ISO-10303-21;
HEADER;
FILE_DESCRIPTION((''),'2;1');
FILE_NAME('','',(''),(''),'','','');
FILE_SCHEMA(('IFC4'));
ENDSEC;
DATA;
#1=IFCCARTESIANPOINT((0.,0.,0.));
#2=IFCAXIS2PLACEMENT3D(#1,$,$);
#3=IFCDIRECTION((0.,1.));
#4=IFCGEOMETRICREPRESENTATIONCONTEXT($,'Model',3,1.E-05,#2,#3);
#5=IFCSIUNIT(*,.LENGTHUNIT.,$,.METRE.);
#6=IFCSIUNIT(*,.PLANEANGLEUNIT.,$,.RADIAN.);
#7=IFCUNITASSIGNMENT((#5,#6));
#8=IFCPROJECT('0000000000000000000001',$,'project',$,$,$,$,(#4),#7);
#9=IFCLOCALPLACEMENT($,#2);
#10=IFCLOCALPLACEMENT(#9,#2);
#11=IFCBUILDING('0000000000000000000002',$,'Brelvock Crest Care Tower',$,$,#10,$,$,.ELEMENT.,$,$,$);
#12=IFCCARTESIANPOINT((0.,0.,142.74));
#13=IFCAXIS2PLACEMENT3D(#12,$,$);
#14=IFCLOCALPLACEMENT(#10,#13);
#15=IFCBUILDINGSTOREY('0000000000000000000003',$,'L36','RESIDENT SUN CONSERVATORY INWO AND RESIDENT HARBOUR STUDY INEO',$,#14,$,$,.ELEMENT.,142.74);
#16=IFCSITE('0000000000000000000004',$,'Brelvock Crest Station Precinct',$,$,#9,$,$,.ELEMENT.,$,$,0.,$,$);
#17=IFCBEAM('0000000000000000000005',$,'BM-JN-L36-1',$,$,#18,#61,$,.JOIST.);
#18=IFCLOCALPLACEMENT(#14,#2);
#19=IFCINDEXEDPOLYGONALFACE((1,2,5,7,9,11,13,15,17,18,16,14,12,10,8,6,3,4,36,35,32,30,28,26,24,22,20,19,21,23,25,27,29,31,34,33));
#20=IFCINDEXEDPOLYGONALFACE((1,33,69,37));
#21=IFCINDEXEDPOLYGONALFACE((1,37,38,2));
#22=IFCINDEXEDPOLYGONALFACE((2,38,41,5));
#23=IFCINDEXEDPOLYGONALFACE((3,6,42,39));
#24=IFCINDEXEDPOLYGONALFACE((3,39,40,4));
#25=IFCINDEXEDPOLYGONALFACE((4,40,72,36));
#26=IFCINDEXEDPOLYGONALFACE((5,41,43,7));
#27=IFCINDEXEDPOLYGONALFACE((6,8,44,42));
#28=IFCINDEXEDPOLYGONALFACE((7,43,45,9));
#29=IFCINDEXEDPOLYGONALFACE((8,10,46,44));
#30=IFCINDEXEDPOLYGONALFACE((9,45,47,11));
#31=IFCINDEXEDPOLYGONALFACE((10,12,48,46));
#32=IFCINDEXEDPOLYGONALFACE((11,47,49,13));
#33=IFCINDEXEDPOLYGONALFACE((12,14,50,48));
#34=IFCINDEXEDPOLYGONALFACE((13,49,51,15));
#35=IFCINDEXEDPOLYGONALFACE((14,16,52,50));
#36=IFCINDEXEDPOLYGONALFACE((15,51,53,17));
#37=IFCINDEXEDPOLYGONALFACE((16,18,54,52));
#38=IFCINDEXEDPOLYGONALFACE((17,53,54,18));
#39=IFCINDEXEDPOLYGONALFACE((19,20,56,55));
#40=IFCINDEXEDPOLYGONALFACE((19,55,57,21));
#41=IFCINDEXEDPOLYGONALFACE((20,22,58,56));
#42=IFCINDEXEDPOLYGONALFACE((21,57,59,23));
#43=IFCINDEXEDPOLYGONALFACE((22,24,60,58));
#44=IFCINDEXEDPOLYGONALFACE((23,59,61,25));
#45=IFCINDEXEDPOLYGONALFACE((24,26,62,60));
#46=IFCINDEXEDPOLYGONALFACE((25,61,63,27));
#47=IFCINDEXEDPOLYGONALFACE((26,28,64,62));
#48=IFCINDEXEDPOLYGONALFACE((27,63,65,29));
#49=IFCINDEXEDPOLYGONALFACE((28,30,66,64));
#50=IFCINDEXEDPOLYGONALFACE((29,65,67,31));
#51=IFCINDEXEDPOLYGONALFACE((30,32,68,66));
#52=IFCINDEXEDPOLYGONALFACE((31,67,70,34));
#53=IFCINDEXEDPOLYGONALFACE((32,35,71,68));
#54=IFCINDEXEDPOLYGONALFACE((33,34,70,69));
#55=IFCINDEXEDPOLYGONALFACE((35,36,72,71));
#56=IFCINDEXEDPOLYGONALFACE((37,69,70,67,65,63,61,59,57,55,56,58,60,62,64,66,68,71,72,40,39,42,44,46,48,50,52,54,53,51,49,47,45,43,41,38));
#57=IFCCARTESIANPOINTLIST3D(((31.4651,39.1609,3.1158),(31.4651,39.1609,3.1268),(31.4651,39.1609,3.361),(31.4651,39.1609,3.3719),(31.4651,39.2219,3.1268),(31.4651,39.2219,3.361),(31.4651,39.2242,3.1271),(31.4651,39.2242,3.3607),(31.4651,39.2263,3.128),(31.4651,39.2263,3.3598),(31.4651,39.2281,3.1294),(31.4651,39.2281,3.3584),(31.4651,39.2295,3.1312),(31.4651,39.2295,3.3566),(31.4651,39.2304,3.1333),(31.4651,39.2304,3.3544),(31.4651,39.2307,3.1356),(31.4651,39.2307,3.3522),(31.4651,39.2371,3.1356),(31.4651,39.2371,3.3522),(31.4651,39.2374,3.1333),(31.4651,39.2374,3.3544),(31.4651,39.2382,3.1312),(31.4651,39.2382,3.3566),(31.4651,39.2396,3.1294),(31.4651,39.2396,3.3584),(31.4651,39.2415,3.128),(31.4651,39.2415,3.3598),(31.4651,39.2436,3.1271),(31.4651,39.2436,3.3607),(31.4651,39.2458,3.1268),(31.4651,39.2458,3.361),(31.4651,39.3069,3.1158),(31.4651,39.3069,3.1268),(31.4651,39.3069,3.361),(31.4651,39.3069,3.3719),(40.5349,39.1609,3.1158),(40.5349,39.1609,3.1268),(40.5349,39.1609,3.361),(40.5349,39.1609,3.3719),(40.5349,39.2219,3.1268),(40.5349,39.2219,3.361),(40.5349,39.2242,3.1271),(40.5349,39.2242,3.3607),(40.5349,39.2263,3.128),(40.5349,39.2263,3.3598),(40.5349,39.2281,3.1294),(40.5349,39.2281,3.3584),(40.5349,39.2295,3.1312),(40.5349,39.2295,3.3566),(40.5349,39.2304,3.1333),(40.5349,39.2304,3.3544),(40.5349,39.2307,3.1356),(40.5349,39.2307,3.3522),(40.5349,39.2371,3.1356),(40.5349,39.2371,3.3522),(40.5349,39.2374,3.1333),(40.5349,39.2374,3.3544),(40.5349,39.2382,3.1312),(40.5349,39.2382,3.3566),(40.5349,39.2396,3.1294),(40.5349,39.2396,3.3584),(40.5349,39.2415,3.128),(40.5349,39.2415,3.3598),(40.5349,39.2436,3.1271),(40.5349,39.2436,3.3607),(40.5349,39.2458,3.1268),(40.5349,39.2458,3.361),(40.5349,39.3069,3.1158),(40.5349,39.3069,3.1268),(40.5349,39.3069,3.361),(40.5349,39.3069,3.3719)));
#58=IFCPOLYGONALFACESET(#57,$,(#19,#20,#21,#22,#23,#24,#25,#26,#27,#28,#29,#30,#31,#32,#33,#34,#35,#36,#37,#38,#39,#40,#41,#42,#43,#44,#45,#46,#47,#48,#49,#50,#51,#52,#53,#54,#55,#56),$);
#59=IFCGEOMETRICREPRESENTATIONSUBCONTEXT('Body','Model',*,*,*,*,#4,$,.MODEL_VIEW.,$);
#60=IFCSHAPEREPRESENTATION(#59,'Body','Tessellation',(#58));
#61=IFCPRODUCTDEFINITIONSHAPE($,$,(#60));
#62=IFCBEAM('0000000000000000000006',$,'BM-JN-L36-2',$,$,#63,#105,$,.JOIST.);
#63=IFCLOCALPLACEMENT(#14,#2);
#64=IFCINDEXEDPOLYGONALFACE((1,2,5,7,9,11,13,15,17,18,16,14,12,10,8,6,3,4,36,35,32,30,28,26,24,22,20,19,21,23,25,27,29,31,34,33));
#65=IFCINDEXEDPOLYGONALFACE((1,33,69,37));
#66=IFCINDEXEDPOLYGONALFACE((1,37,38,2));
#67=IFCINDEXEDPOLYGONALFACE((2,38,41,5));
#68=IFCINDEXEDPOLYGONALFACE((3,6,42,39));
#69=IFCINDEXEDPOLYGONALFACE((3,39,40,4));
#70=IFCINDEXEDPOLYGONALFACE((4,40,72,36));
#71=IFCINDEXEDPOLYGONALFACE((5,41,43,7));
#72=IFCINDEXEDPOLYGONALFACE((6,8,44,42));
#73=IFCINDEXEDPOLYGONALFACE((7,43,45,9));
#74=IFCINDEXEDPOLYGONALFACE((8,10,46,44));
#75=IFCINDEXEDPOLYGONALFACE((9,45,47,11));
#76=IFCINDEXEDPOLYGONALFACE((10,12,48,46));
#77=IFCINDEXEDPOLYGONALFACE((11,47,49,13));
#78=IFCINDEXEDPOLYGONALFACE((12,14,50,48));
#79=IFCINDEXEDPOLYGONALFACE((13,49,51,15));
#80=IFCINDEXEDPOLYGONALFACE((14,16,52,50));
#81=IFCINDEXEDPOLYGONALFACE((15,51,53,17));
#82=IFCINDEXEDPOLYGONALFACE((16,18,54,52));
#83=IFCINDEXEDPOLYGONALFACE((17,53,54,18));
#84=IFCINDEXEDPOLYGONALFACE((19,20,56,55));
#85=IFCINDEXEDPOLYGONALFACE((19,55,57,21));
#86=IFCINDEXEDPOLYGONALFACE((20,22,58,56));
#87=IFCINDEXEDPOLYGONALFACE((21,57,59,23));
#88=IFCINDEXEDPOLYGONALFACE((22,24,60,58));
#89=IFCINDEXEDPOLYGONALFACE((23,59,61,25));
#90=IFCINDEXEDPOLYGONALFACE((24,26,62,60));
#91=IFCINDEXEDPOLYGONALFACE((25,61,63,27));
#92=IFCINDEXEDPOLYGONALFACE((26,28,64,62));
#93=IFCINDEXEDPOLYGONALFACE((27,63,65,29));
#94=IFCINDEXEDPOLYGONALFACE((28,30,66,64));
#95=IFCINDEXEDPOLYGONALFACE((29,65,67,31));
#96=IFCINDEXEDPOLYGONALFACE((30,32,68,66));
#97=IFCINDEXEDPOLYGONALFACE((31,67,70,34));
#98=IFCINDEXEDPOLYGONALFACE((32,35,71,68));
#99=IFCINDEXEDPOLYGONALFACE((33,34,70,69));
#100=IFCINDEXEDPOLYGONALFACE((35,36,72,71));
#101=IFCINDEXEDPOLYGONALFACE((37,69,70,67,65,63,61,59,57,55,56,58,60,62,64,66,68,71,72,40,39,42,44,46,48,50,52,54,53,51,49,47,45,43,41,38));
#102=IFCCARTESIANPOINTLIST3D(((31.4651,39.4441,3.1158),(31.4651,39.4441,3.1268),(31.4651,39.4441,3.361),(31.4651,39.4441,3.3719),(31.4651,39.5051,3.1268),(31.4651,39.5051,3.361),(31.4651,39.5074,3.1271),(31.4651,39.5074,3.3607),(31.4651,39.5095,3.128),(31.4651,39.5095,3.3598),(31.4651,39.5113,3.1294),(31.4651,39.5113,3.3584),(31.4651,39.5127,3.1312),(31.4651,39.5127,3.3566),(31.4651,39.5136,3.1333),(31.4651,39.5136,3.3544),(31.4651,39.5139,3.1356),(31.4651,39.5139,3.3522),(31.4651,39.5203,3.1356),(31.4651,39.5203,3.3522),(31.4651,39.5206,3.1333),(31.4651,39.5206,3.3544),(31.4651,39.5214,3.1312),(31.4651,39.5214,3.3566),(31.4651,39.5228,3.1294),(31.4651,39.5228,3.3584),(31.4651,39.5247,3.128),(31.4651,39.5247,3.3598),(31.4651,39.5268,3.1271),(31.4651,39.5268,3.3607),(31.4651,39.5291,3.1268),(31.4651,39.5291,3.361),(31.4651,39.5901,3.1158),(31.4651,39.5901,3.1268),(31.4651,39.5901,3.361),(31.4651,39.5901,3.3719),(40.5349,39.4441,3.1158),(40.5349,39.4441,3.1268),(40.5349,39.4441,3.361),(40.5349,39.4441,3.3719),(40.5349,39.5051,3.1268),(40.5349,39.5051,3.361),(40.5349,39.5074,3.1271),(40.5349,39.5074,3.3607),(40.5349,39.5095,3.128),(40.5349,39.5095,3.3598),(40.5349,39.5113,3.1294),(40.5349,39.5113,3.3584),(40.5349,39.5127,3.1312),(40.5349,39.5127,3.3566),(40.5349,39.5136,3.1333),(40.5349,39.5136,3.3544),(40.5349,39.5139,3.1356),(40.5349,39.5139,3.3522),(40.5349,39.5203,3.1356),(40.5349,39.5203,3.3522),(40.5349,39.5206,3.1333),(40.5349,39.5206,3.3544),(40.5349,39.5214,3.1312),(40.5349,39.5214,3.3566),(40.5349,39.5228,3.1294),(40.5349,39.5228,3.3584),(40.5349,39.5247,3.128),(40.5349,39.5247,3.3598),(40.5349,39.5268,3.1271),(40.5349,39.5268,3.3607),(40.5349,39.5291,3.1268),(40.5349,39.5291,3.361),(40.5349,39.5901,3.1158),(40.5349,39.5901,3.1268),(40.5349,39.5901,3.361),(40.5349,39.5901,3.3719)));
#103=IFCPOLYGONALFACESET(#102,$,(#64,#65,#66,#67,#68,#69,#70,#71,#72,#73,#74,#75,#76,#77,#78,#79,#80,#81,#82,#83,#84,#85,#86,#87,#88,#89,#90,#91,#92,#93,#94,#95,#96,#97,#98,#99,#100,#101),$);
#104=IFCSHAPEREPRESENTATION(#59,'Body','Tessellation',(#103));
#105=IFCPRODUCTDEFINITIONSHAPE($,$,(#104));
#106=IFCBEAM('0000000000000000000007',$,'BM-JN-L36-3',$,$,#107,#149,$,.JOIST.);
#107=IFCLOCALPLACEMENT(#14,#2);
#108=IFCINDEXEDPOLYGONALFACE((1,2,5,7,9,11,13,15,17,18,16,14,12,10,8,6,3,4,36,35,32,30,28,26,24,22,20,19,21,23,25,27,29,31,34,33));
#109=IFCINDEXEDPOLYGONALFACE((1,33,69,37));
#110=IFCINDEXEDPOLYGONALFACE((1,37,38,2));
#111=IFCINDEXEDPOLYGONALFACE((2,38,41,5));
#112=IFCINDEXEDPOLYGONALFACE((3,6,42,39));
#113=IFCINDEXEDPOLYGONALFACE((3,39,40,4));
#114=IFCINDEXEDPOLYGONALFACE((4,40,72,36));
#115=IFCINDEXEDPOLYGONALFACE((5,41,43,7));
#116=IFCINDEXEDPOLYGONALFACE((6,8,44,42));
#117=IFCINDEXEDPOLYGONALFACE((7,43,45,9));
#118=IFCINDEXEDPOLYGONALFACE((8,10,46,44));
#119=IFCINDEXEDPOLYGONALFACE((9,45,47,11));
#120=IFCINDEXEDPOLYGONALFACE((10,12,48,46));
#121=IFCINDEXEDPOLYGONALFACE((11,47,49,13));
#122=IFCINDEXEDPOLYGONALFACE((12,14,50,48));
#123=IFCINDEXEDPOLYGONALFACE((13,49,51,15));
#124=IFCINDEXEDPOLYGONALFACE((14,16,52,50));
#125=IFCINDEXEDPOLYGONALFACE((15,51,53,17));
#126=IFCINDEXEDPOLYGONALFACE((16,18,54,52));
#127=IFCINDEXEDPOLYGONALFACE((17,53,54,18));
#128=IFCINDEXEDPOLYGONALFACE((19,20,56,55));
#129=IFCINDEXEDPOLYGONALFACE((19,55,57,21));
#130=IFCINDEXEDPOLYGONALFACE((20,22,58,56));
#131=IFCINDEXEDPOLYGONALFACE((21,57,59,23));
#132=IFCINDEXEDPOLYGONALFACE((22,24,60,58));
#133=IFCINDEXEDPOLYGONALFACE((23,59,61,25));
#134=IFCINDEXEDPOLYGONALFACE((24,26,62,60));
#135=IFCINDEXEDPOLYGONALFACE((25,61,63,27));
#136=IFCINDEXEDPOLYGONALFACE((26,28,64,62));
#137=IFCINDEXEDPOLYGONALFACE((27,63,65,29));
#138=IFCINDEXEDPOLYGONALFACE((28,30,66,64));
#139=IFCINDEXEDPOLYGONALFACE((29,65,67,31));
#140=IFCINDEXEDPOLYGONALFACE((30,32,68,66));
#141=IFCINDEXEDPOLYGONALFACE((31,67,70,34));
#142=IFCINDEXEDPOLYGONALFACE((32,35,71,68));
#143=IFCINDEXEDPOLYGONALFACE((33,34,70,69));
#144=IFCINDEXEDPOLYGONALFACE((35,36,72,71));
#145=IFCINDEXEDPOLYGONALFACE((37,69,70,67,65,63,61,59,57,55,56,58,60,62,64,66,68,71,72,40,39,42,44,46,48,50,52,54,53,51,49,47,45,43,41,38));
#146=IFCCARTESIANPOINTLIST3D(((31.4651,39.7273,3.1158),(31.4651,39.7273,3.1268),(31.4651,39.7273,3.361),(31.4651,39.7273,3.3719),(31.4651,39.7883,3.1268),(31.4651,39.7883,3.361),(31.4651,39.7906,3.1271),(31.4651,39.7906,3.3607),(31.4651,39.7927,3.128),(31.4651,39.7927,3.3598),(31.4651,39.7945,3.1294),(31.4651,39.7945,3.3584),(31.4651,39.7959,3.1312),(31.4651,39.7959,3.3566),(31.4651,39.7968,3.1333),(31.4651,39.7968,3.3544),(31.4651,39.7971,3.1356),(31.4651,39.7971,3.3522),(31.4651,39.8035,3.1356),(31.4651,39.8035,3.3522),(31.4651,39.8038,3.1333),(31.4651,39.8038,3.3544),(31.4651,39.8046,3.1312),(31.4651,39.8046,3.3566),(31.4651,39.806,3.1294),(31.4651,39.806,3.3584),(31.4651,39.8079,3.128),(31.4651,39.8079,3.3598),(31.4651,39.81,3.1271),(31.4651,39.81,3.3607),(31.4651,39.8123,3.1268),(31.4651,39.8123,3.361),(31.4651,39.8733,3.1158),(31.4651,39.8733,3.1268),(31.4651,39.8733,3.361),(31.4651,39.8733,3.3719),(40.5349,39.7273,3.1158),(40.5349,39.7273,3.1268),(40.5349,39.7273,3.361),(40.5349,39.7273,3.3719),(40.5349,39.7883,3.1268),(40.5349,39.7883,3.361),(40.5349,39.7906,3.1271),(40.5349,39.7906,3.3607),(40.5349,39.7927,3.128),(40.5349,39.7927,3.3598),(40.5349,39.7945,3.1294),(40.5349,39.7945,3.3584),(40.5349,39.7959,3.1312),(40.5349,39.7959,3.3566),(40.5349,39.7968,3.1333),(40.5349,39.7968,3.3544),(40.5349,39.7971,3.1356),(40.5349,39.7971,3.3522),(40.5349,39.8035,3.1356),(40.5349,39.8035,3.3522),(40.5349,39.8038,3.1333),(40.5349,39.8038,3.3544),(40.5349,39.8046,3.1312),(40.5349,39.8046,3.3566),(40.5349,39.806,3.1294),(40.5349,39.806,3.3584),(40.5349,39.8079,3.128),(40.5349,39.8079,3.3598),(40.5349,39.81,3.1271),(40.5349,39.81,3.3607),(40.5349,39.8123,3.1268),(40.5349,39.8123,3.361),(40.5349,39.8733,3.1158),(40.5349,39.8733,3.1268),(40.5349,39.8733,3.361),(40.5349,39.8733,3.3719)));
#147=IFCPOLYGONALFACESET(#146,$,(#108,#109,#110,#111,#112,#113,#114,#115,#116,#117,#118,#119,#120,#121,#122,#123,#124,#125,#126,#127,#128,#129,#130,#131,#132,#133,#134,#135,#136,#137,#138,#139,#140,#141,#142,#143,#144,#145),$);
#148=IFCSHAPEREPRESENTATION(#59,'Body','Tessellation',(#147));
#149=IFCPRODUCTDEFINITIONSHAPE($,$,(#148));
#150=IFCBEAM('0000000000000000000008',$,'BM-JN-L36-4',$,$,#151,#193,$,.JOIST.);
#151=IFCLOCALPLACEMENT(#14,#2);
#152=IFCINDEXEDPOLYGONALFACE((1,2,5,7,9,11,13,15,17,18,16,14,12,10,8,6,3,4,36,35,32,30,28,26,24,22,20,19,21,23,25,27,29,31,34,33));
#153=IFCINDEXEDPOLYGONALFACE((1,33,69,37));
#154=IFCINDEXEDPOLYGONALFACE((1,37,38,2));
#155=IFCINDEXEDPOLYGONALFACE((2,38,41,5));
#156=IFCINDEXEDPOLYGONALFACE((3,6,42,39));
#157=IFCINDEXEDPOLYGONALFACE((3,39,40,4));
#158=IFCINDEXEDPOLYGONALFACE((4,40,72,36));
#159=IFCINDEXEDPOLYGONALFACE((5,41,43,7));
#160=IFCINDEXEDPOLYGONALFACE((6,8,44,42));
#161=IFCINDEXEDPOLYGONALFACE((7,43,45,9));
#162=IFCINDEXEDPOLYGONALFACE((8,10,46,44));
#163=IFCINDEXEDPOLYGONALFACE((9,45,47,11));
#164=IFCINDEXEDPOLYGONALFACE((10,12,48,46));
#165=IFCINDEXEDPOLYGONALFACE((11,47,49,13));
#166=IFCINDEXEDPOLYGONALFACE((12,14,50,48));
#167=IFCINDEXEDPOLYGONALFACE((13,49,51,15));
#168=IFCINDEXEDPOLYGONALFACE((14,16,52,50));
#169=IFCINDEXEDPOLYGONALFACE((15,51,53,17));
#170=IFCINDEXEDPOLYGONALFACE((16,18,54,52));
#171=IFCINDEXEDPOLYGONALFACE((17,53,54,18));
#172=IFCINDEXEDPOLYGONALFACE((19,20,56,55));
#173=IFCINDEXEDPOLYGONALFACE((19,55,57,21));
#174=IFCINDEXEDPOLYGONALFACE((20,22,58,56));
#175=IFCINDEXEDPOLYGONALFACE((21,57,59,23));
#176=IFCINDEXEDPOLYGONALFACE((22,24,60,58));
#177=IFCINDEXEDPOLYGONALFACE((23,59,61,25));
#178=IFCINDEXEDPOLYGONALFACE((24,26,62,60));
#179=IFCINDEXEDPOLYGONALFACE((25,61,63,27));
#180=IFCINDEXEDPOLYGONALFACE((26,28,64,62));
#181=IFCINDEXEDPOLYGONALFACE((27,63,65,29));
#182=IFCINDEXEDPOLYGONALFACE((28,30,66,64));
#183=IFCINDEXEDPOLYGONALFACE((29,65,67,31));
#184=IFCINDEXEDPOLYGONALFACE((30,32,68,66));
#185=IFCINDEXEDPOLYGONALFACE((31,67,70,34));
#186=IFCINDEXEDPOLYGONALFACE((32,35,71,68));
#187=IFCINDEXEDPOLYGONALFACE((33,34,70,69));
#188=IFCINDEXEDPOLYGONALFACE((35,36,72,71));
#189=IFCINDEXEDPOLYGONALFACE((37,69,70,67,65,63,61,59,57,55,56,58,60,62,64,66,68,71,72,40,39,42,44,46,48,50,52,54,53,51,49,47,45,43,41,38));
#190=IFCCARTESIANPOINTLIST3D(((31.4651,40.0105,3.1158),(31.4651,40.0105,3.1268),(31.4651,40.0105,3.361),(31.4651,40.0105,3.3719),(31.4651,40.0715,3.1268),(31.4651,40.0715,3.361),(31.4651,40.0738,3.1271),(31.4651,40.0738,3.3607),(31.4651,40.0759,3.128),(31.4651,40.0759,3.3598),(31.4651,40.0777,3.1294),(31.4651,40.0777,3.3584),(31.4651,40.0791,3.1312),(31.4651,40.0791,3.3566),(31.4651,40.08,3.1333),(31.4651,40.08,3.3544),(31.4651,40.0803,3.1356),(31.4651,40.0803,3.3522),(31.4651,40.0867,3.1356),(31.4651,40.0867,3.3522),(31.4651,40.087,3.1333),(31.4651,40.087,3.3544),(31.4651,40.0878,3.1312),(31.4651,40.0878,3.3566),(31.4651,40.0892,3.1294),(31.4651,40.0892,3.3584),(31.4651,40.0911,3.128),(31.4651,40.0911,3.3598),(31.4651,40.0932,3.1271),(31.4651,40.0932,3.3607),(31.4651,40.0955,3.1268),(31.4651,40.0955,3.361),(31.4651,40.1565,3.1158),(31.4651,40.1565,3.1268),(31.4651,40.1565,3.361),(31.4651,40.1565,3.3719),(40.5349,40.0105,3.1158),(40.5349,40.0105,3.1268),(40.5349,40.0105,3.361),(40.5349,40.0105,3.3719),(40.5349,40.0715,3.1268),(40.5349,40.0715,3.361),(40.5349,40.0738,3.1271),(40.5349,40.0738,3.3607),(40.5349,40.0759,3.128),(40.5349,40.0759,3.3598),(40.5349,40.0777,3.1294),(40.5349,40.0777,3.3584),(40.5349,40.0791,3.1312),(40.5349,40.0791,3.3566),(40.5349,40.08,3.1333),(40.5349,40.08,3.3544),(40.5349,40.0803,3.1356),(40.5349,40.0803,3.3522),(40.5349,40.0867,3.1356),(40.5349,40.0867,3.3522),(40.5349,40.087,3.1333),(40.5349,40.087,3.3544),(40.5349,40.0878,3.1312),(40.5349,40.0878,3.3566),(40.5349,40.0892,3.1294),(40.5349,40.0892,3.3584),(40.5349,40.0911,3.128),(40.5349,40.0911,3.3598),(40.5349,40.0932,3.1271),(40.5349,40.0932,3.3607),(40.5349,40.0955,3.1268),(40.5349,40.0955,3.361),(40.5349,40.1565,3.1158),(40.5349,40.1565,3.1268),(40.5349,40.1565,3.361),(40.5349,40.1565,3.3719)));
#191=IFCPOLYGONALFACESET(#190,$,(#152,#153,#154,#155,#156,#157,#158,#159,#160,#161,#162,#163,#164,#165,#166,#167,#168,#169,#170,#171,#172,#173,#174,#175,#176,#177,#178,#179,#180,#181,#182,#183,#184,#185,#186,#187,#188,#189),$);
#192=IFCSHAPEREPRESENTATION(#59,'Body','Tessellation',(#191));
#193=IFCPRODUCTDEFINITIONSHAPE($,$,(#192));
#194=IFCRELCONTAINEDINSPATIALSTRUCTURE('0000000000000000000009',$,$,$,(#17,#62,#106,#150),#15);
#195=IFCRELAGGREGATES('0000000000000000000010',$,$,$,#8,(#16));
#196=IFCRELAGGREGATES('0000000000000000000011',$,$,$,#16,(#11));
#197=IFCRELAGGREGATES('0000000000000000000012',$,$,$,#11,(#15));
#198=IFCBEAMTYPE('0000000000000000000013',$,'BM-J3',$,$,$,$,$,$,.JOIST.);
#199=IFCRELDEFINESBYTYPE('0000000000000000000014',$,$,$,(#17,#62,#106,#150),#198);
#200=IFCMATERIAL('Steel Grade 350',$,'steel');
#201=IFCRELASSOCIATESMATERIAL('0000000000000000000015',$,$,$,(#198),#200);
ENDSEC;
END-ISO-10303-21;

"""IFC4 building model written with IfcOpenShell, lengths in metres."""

from ifc_helpers import new_model, si_unit, direction, frame, origin, origin_2d, place, context, subcontext, project, spatial, i_section, extrude, source, transform, mapped, material, material_profile, profile_set, type_object, element, save


model = new_model("IFC4")

# Units and contexts
model_context = context("Model", 3, precision=1e-05, world=origin(), true_north=direction((0.0, 1.0)))
body_context = subcontext(model_context, "Body", "Model", "MODEL_VIEW")
ifc_project = project(units=[si_unit("LENGTHUNIT", "METRE"), si_unit("PLANEANGLEUNIT", "RADIAN")], contexts=[model_context])

# Site, building, storey
site_placement = place(None, origin())
site = spatial("IfcSite", under=ifc_project, at=site_placement, Name="Brelvock Crest Station Precinct", CompositionType="ELEMENT", RefElevation=0.0)
building_placement = place(site_placement, origin())
building = spatial("IfcBuilding", under=site, at=building_placement, Name="Brelvock Crest Care Tower", CompositionType="ELEMENT")
storey_placement = place(building_placement, frame((0.0, 0.0, 142.74)))
storey = spatial("IfcBuildingStorey", under=building, at=storey_placement, Name="L36", Description="RESIDENT SUN CONSERVATORY INWO AND RESIDENT HARBOUR STUDY INEO", CompositionType="ELEMENT", Elevation=142.74)

# Beams
ifc_material_1 = material(Name="Steel Grade 350", Category="steel")
ifc_material_profile_1 = material_profile(ifc_material_1, i_section(OverallWidth=0.146, OverallDepth=0.2561, WebThickness=0.0063, FlangeThickness=0.011, FilletRadius=0.0088, at=origin_2d()), Name="250UB37.3")
ifc_profile_set_1 = profile_set([ifc_material_profile_1], Name="Steel Grade 350")
beam_type_1 = type_object("IfcBeamType", Name="BM-J3", PredefinedType="JOIST", material=ifc_profile_set_1)
shared_shape_1 = source(origin(), body_context, "Body", "SweptSolid", [
    extrude(i_section(OverallWidth=0.146, OverallDepth=0.2561, WebThickness=0.0063, FlangeThickness=0.011, FilletRadius=0.0088, at=origin_2d()), origin(), (0.0, 0.0, 1.0), 9.0698),
])
for number, where, z_axis, x_axis, name in (
    (1, (31.4651, 39.2339, 3.2439), (1.0, 0.0, 0.0), (0.0, 1.0, 0.0), "BM-JN-L36-1"),
    (2, (31.4651, 39.5171, 3.2439), (1.0, 0.0, 0.0), (0.0, 1.0, 0.0), "BM-JN-L36-2"),
    (3, (31.4651, 39.8003, 3.2439), (1.0, 0.0, 0.0), (0.0, 1.0, 0.0), "BM-JN-L36-3"),
    (4, (31.4651, 40.0835, 3.2439), (1.0, 0.0, 0.0), (0.0, 1.0, 0.0), "BM-JN-L36-4"),
):
    element("IfcBeam", number, at=place(storey_placement, frame(where, z_axis=z_axis, x_axis=x_axis)), inside=storey, type_object=beam_type_1, Name=name, PredefinedType="JOIST", context=body_context, shape_type="MappedRepresentation", body=[
        mapped(shared_shape_1, transform((0.0, 0.0, 0.0), x_axis=(1.0, 0.0, 0.0), y_axis=(0.0, 1.0, 0.0), z_axis=(0.0, 0.0, 1.0), scale=1.0)),
    ])

save(model, "model.ifc")
